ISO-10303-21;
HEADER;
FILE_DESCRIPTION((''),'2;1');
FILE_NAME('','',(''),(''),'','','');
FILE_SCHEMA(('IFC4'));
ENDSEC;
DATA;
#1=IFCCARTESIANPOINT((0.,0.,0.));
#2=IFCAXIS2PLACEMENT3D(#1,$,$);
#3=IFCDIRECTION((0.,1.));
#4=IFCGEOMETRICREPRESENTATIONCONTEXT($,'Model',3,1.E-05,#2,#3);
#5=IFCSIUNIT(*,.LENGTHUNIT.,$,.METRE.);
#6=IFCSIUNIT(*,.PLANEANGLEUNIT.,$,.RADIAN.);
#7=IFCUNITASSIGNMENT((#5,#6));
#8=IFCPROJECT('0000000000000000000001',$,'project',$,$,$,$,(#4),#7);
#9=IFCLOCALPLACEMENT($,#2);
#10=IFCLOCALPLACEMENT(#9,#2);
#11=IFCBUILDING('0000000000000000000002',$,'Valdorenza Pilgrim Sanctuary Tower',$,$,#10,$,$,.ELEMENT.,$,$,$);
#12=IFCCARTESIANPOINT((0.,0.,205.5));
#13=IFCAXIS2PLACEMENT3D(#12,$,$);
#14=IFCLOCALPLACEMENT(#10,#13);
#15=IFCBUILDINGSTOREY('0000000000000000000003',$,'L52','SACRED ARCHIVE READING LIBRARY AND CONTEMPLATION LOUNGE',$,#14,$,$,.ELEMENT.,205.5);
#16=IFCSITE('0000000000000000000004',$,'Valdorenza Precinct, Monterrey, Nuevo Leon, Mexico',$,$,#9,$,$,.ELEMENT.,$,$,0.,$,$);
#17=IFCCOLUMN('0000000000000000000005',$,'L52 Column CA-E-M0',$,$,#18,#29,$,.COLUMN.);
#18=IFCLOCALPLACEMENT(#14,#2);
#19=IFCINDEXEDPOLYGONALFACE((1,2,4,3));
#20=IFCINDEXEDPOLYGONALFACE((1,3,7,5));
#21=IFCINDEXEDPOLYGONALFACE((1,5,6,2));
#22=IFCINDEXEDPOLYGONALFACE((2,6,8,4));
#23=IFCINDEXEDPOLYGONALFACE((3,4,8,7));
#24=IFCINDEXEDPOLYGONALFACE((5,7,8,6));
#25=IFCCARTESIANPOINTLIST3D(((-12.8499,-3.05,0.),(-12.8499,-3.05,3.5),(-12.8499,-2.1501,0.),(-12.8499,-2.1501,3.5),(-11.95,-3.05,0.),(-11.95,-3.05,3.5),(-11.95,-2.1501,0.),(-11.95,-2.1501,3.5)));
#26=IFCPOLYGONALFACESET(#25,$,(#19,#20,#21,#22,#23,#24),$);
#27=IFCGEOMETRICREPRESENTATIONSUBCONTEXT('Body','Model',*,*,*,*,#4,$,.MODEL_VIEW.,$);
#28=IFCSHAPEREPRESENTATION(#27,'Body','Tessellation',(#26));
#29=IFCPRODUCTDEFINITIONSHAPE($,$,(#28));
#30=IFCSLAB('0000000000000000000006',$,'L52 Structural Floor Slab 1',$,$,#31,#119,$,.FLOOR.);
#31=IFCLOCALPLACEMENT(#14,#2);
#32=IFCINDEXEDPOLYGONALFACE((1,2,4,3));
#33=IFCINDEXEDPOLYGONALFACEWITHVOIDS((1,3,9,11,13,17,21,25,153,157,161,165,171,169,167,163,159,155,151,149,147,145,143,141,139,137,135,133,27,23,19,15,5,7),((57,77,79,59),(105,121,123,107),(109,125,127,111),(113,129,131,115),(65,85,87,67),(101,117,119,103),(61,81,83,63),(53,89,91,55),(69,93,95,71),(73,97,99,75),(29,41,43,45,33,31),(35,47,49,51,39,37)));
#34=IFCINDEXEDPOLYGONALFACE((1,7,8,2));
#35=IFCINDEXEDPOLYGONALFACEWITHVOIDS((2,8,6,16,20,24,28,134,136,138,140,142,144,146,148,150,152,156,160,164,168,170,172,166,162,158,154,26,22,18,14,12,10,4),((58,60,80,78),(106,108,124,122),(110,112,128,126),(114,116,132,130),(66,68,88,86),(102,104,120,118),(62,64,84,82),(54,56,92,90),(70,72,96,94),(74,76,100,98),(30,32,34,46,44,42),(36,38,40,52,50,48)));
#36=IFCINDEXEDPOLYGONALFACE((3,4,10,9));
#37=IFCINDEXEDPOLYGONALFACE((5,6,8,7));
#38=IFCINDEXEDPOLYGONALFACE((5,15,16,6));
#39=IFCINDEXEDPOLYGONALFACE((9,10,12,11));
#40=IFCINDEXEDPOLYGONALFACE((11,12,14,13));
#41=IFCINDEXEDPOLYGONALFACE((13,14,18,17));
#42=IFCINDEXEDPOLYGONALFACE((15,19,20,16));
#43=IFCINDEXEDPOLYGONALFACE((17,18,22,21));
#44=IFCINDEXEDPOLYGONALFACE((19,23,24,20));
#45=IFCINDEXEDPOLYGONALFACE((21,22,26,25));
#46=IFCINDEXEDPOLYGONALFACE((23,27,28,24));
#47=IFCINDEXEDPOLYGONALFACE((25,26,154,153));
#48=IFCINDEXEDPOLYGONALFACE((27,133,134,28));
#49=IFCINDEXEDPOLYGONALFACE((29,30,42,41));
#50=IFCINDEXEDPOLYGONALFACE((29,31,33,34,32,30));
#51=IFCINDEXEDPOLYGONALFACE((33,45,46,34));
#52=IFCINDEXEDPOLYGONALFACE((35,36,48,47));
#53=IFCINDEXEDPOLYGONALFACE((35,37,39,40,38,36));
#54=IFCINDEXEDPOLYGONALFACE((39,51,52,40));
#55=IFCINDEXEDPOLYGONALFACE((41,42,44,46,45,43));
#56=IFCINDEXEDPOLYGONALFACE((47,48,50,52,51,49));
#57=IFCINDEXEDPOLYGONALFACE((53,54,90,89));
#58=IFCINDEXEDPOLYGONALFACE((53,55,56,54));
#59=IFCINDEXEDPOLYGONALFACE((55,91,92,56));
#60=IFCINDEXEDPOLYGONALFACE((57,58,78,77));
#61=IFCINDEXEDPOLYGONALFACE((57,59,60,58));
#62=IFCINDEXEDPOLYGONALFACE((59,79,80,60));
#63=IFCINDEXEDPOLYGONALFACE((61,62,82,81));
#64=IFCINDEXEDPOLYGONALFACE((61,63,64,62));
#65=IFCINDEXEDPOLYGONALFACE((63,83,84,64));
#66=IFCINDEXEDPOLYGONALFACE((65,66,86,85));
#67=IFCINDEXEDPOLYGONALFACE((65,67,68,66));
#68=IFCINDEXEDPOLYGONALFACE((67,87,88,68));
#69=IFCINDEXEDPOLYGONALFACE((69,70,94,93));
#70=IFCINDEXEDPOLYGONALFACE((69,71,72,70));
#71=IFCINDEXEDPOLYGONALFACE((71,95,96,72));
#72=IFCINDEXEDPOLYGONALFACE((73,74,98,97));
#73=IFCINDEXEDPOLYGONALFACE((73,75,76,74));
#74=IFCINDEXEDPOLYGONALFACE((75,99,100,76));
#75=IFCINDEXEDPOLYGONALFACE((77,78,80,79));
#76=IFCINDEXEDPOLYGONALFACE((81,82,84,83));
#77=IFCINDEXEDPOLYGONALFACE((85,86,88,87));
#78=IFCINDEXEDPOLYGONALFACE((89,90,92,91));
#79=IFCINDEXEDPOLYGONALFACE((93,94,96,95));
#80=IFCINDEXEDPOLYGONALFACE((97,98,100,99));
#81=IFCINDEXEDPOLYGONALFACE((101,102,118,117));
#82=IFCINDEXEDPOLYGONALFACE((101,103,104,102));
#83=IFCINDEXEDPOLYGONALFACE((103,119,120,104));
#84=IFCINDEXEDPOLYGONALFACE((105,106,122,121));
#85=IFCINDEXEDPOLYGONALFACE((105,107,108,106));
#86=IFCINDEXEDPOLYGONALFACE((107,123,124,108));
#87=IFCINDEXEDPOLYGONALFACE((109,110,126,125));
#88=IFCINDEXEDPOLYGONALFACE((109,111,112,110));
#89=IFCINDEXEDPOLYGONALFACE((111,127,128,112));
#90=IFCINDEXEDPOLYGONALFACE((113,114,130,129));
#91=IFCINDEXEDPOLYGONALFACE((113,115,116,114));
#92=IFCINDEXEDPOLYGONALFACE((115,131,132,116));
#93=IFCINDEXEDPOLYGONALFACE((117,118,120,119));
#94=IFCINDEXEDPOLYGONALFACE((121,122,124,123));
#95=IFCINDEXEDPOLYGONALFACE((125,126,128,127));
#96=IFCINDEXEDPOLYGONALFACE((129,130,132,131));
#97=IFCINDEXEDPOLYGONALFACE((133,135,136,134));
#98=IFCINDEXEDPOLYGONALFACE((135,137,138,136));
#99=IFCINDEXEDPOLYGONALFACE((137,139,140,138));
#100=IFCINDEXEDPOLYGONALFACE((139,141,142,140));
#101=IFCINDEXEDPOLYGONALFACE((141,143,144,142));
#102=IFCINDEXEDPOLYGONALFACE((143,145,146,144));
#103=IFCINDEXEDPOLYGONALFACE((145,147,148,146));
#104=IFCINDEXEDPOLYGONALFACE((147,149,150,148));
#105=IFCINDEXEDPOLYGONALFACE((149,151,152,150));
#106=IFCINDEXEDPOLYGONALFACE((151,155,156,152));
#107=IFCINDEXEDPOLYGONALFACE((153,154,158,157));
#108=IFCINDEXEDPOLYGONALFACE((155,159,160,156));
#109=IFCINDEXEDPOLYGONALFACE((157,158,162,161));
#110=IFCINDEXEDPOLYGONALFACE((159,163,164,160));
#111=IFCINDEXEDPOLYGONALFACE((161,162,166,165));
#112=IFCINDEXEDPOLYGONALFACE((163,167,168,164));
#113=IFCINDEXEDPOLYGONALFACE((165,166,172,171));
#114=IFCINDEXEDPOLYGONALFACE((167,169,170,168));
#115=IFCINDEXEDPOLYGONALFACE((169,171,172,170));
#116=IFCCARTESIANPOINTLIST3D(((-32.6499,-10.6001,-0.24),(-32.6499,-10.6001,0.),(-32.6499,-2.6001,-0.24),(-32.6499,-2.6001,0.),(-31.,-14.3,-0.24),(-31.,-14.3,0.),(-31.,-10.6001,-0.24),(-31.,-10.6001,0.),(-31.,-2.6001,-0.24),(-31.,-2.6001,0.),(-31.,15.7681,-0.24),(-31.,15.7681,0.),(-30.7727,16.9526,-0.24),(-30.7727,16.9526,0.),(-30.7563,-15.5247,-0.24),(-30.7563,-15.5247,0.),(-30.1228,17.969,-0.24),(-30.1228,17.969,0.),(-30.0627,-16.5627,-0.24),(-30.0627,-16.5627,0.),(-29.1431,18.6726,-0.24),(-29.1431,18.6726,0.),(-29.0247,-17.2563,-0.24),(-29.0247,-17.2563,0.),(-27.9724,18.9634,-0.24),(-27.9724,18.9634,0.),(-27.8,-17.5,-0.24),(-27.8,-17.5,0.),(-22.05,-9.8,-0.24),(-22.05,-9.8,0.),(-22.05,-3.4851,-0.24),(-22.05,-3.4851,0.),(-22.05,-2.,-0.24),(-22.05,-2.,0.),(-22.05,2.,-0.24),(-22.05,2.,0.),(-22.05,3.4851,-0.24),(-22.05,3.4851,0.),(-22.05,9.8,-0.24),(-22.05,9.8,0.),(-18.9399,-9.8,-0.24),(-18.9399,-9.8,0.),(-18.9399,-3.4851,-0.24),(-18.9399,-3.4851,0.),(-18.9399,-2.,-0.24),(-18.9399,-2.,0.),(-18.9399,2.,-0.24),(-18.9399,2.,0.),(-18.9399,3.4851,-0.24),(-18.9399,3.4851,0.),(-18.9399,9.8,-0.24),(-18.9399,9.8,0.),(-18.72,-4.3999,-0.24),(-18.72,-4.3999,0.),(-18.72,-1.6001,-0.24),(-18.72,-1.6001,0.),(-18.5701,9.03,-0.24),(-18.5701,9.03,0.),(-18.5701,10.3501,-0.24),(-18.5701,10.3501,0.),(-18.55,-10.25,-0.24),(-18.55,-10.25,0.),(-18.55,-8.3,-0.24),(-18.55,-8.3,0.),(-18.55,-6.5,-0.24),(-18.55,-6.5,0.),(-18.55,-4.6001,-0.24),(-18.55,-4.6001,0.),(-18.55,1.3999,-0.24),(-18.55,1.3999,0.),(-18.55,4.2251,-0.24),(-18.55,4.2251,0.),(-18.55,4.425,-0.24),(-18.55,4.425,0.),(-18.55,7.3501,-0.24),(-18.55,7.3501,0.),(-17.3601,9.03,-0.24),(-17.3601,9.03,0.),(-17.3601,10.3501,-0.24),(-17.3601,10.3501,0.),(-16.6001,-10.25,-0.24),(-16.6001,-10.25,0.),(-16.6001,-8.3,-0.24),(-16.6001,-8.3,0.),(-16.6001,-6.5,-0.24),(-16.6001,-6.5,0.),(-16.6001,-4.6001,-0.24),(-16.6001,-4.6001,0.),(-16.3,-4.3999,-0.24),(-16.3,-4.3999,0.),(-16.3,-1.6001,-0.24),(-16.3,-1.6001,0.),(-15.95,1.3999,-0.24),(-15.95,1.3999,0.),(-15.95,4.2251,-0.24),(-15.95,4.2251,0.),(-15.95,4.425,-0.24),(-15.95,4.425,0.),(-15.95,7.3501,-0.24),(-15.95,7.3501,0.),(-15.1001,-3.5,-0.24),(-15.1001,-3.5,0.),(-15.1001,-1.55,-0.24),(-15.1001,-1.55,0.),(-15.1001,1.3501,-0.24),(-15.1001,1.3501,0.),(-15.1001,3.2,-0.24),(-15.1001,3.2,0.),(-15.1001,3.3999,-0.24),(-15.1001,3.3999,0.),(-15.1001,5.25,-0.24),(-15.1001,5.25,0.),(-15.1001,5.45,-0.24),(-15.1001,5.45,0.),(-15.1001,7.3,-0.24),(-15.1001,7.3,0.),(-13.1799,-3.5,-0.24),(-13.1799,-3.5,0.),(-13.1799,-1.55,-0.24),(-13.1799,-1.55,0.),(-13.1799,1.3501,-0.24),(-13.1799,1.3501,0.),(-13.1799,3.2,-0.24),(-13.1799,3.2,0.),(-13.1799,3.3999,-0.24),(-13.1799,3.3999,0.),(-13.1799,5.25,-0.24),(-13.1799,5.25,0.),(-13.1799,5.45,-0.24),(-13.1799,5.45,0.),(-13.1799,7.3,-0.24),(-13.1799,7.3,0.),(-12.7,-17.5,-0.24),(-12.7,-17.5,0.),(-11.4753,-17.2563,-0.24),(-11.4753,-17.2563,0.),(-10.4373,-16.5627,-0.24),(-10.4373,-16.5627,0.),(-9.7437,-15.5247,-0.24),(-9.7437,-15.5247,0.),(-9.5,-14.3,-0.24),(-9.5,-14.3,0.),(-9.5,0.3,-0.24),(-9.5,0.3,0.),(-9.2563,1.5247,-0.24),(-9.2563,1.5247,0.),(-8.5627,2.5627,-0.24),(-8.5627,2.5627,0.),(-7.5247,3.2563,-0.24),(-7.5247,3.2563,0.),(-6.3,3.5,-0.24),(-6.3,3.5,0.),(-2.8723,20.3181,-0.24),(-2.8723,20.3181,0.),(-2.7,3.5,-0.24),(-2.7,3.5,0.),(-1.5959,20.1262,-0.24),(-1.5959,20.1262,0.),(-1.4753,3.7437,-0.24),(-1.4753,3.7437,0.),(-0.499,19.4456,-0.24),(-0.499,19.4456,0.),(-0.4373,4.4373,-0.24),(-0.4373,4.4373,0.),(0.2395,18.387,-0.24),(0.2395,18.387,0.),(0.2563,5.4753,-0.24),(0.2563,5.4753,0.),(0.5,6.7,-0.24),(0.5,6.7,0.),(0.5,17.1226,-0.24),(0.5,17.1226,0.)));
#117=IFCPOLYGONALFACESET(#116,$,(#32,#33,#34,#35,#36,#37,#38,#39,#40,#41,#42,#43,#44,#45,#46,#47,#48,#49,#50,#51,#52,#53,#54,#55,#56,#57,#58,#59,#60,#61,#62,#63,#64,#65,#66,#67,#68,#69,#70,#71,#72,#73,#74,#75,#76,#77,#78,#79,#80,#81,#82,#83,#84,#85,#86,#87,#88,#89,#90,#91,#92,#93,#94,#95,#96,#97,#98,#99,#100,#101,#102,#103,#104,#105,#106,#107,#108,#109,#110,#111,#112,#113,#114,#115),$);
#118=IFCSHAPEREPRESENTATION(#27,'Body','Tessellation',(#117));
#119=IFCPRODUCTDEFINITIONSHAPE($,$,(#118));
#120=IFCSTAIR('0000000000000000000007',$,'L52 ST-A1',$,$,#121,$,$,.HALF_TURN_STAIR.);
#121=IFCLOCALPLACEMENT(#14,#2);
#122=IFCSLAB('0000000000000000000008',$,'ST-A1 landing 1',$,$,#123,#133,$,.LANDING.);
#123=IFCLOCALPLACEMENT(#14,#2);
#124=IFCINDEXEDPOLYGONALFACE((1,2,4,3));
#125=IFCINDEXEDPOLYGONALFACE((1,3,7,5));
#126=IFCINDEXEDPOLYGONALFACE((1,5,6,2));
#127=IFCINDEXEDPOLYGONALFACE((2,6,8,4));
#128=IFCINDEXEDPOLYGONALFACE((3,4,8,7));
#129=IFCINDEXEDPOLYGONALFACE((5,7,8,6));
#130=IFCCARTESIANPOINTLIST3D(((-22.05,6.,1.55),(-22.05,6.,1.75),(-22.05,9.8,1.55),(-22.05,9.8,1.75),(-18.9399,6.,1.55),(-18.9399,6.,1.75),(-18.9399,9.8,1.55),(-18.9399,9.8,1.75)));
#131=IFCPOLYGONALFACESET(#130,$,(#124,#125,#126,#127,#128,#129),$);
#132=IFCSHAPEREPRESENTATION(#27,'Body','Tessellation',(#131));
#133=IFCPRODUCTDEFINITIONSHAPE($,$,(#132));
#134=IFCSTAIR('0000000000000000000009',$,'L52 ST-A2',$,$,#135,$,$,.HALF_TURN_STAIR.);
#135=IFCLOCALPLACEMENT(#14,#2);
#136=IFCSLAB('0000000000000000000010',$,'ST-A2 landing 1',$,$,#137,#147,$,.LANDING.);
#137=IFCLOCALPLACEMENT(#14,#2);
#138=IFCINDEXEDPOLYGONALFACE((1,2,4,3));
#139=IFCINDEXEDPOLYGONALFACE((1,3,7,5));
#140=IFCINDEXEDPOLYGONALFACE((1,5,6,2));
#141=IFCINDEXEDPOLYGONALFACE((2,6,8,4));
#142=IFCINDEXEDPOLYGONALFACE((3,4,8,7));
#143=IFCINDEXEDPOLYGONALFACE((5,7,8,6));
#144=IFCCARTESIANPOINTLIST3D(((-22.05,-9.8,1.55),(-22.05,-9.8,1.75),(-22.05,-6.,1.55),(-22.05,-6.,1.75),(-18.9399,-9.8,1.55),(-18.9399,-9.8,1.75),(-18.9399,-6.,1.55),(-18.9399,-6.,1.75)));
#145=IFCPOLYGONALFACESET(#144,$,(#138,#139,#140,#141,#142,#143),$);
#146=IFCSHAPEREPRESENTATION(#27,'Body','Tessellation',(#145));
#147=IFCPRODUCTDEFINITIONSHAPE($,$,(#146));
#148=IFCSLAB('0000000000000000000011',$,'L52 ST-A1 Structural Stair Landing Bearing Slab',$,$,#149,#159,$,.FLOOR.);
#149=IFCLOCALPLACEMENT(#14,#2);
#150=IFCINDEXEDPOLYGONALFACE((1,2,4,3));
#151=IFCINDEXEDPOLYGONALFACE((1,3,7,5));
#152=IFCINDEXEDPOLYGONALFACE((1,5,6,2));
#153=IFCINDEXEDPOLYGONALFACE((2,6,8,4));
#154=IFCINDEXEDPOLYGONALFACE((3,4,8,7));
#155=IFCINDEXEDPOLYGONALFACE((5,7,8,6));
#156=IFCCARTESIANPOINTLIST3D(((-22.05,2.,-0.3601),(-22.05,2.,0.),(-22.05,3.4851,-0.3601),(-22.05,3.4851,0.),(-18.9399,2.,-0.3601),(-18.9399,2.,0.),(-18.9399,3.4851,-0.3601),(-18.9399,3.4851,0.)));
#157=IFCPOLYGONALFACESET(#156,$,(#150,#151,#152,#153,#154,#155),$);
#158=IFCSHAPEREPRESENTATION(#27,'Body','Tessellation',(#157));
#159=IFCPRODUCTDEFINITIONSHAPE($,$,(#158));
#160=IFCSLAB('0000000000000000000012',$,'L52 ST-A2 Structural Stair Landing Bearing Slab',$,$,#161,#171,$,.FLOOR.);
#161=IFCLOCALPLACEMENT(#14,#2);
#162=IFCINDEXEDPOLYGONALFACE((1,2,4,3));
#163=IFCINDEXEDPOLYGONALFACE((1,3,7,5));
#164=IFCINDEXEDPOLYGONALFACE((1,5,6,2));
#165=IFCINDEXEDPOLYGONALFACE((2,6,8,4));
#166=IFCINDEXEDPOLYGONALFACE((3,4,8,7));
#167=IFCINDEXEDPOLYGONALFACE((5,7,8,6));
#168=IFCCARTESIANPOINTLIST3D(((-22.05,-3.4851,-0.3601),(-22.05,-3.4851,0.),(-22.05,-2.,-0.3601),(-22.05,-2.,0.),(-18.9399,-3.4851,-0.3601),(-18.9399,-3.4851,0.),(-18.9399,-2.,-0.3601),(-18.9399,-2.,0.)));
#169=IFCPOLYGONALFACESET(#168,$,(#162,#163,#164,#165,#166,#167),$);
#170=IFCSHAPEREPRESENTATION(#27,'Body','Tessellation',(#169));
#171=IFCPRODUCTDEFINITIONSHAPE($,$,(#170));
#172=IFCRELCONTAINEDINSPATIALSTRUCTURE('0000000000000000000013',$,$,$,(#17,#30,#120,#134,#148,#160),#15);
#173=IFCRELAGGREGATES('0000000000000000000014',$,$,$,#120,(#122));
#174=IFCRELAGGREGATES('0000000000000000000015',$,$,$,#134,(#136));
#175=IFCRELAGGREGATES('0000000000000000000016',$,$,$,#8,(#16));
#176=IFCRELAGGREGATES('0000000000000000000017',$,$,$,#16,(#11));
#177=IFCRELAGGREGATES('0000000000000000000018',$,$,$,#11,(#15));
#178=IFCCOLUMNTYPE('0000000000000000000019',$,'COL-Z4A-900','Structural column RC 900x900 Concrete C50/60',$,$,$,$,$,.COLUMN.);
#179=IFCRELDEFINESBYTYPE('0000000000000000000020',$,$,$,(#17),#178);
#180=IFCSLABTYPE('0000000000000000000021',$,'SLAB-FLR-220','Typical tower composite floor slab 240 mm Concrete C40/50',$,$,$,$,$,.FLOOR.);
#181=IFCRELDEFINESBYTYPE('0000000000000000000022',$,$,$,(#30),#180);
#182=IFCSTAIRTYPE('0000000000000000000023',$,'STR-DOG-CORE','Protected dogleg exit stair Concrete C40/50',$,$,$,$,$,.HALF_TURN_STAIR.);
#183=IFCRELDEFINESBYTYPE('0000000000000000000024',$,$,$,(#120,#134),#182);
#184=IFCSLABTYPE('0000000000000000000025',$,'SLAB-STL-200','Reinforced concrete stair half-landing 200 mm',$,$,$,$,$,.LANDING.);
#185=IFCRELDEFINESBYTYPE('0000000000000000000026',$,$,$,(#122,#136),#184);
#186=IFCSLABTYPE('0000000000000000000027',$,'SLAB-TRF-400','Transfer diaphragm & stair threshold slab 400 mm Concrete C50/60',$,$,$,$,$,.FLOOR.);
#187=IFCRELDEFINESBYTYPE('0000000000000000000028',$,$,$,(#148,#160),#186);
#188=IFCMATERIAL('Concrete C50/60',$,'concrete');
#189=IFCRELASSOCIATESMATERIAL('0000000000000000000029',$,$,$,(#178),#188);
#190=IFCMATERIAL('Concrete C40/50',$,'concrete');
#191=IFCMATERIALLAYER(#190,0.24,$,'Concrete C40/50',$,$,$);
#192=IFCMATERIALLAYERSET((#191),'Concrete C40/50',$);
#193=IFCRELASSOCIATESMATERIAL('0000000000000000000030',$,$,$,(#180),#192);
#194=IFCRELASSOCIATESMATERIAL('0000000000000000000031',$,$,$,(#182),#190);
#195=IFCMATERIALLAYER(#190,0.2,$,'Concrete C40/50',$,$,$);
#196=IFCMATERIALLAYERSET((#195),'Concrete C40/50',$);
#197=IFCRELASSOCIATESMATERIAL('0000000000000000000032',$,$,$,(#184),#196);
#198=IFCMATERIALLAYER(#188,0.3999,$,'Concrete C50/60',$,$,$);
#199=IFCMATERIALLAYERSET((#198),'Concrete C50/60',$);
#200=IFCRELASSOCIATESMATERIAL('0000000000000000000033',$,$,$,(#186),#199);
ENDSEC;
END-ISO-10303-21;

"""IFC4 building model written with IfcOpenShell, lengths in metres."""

from ifc_helpers import new_model, si_unit, direction, frame, origin, origin_2d, place, context, subcontext, project, spatial, polyline, rectangle, outline, extrude, source, transform, mapped, material, layer, layer_set, material_profile, profile_set, type_object, element, aggregate, save


model = new_model("IFC4")

# Units and contexts
model_context = context("Model", 3, precision=1e-05, world=origin(), true_north=direction((0.0, 1.0)))
body_context = subcontext(model_context, "Body", "Model", "MODEL_VIEW")
ifc_project = project(units=[si_unit("LENGTHUNIT", "METRE"), si_unit("PLANEANGLEUNIT", "RADIAN")], contexts=[model_context])

# Site, building, storey
site_placement = place(None, origin())
site = spatial("IfcSite", under=ifc_project, at=site_placement, Name="Valdorenza Precinct, Monterrey, Nuevo Leon, Mexico", CompositionType="ELEMENT", RefElevation=0.0)
building_placement = place(site_placement, origin())
building = spatial("IfcBuilding", under=site, at=building_placement, Name="Valdorenza Pilgrim Sanctuary Tower", CompositionType="ELEMENT")
storey_placement = place(building_placement, frame((0.0, 0.0, 205.5)))
storey = spatial("IfcBuildingStorey", under=building, at=storey_placement, Name="L52", Description="SACRED ARCHIVE READING LIBRARY AND CONTEMPLATION LOUNGE", CompositionType="ELEMENT", Elevation=205.5)

# Column
ifc_material_1 = material(Name="Concrete C50/60", Category="concrete")
ifc_material_profile = material_profile(ifc_material_1, rectangle(XDim=0.8999, YDim=0.8999, at=origin_2d()), Name="RC 900x900")
ifc_profile_set = profile_set([ifc_material_profile], Name="Concrete C50/60")
column_type = type_object("IfcColumnType", Name="COL-Z4A-900", Description="Structural column RC 900x900 Concrete C50/60", PredefinedType="COLUMN", material=ifc_profile_set)
shared_shape = source(origin(), body_context, "Body", "SweptSolid", [
    extrude(rectangle(XDim=0.8999, YDim=0.8999, at=origin_2d()), origin(), (0.0, 0.0, 1.0), 3.5),
])
column_placement = place(storey_placement, frame((-12.3999, -2.6001, 0.0), z_axis=(0.0, 0.0, 1.0), x_axis=(1.0, 0.0, 0.0)))
element("IfcColumn", 1, at=column_placement, inside=storey, type_object=column_type, Name="L52 Column CA-E-M0", PredefinedType="COLUMN", context=body_context, shape_type="MappedRepresentation", body=[
    mapped(shared_shape, transform((0.0, 0.0, 0.0), x_axis=(1.0, 0.0, 0.0), y_axis=(0.0, 1.0, 0.0), z_axis=(0.0, 0.0, 1.0), scale=1.0)),
])

# Slab
ifc_material_2 = material(Name="Concrete C40/50", Category="concrete")
ifc_layer_1 = layer(ifc_material_2, 0.24, Name="Concrete C40/50")
ifc_layer_set_1 = layer_set([ifc_layer_1], Name="Concrete C40/50")
slab_type_1 = type_object("IfcSlabType", Name="SLAB-FLR-220", Description="Typical tower composite floor slab 240 mm Concrete C40/50", PredefinedType="FLOOR", material=ifc_layer_set_1)
slab_1_placement = place(storey_placement, frame((0.0, 0.0, -0.24)))
element("IfcSlab", 2, at=slab_1_placement, inside=storey, type_object=slab_type_1, Name="L52 Structural Floor Slab 1", PredefinedType="FLOOR", context=body_context, shape_type="SweptSolid", body=[
    extrude(outline(polyline([(-32.6499, -2.6001), (-31.0, -2.6001), (-31.0, 15.7681), (-30.7727, 16.9526), (-30.1228, 17.969), (-29.1431, 18.6726), (-27.9724, 18.9634), (-2.8723, 20.3181), (-1.5959, 20.1262), (-0.499, 19.4456), (0.2395, 18.387), (0.5, 17.1226), (0.5, 6.7), (0.2563, 5.4753), (-0.4373, 4.4373), (-1.4753, 3.7437), (-2.7, 3.5), (-6.3, 3.5), (-7.5247, 3.2563), (-8.5627, 2.5627), (-9.2563, 1.5247), (-9.5, 0.3), (-9.5, -14.3), (-9.7437, -15.5247), (-10.4373, -16.5627), (-11.4753, -17.2563), (-12.7, -17.5), (-27.8, -17.5), (-29.0247, -17.2563), (-30.0627, -16.5627), (-30.7563, -15.5247), (-31.0, -14.3), (-31.0, -10.6001), (-32.6499, -10.6001), (-32.6499, -2.6001)]), holes=[polyline([(-16.6001, -8.3), (-18.55, -8.3), (-18.55, -10.25), (-16.6001, -10.25), (-16.6001, -8.3)]), polyline([(-18.9399, -9.8), (-18.9399, -3.4851), (-18.9399, -2.0), (-22.05, -2.0), (-22.05, -3.4851), (-22.05, -9.8), (-18.9399, -9.8)]), polyline([(-16.6001, -6.5), (-16.6001, -4.6001), (-18.55, -4.6001), (-18.55, -6.5), (-16.6001, -6.5)]), polyline([(-22.05, 2.0), (-18.9399, 2.0), (-18.9399, 3.4851), (-18.9399, 9.8), (-22.05, 9.8), (-22.05, 3.4851), (-22.05, 2.0)]), polyline([(-17.3601, 9.03), (-17.3601, 10.3501), (-18.5701, 10.3501), (-18.5701, 9.03), (-17.3601, 9.03)]), polyline([(-16.3, -1.6001), (-18.72, -1.6001), (-18.72, -4.3999), (-16.3, -4.3999), (-16.3, -1.6001)]), polyline([(-13.1799, -3.5), (-13.1799, -1.55), (-15.1001, -1.55), (-15.1001, -3.5), (-13.1799, -3.5)]), polyline([(-13.1799, 1.3501), (-13.1799, 3.2), (-15.1001, 3.2), (-15.1001, 1.3501), (-13.1799, 1.3501)]), polyline([(-15.95, 1.3999), (-15.95, 4.2251), (-18.55, 4.2251), (-18.55, 1.3999), (-15.95, 1.3999)]), polyline([(-13.1799, 3.3999), (-13.1799, 5.25), (-15.1001, 5.25), (-15.1001, 3.3999), (-13.1799, 3.3999)]), polyline([(-15.95, 4.425), (-15.95, 7.3501), (-18.55, 7.3501), (-18.55, 4.425), (-15.95, 4.425)]), polyline([(-13.1799, 5.45), (-13.1799, 7.3), (-15.1001, 7.3), (-15.1001, 5.45), (-13.1799, 5.45)])]), origin(), (0.0, 0.0, 1.0), 0.24),
])

# Stairs, slabs
stair_type = type_object("IfcStairType", Name="STR-DOG-CORE", Description="Protected dogleg exit stair Concrete C40/50", PredefinedType="HALF_TURN_STAIR", material=ifc_material_2)
stair_1_placement = place(storey_placement, origin())
stair_1 = element("IfcStair", 3, at=stair_1_placement, inside=storey, type_object=stair_type, Name="L52 ST-A1", PredefinedType="HALF_TURN_STAIR")
ifc_layer_2 = layer(ifc_material_2, 0.2, Name="Concrete C40/50")
ifc_layer_set_2 = layer_set([ifc_layer_2], Name="Concrete C40/50")
slab_type_2 = type_object("IfcSlabType", Name="SLAB-STL-200", Description="Reinforced concrete stair half-landing 200 mm", PredefinedType="LANDING", material=ifc_layer_set_2)
slab_2_placement = place(storey_placement, frame((0.0, 0.0, 1.55)))
slab_2 = element("IfcSlab", 4, at=slab_2_placement, type_object=slab_type_2, Name="ST-A1 landing 1", PredefinedType="LANDING", context=body_context, shape_type="SweptSolid", body=[
    extrude(outline(polyline([(-18.9399, 6.0), (-18.9399, 9.8), (-22.05, 9.8), (-22.05, 6.0), (-18.9399, 6.0)])), origin(), (0.0, 0.0, 1.0), 0.2),
])
aggregate(stair_1, [slab_2])
stair_2_placement = place(storey_placement, origin())
stair_2 = element("IfcStair", 5, at=stair_2_placement, inside=storey, type_object=stair_type, Name="L52 ST-A2", PredefinedType="HALF_TURN_STAIR")
slab_3_placement = place(storey_placement, frame((0.0, 0.0, 1.55)))
slab_3 = element("IfcSlab", 6, at=slab_3_placement, type_object=slab_type_2, Name="ST-A2 landing 1", PredefinedType="LANDING", context=body_context, shape_type="SweptSolid", body=[
    extrude(outline(polyline([(-22.05, -6.0), (-22.05, -9.8), (-18.9399, -9.8), (-18.9399, -6.0), (-22.05, -6.0)])), origin(), (0.0, 0.0, 1.0), 0.2),
])
aggregate(stair_2, [slab_3])

# Slabs
ifc_layer_3 = layer(ifc_material_1, 0.3999, Name="Concrete C50/60")
ifc_layer_set_3 = layer_set([ifc_layer_3], Name="Concrete C50/60")
slab_type_3 = type_object("IfcSlabType", Name="SLAB-TRF-400", Description="Transfer diaphragm & stair threshold slab 400 mm Concrete C50/60", PredefinedType="FLOOR", material=ifc_layer_set_3)
slab_4_placement = place(storey_placement, frame((0.0, 0.0, -0.3601)))
element("IfcSlab", 7, at=slab_4_placement, inside=storey, type_object=slab_type_3, Name="L52 ST-A1 Structural Stair Landing Bearing Slab", PredefinedType="FLOOR", context=body_context, shape_type="SweptSolid", body=[
    extrude(outline(polyline([(-22.05, 2.0), (-18.9399, 2.0), (-18.9399, 3.4851), (-22.05, 3.4851), (-22.05, 2.0)])), origin(), (0.0, 0.0, 1.0), 0.3601),
])
slab_5_placement = place(storey_placement, frame((0.0, 0.0, -0.3601)))
element("IfcSlab", 8, at=slab_5_placement, inside=storey, type_object=slab_type_3, Name="L52 ST-A2 Structural Stair Landing Bearing Slab", PredefinedType="FLOOR", context=body_context, shape_type="SweptSolid", body=[
    extrude(outline(polyline([(-22.05, -3.4851), (-18.9399, -3.4851), (-18.9399, -2.0), (-22.05, -2.0), (-22.05, -3.4851)])), origin(), (0.0, 0.0, 1.0), 0.3601),
])

save(model, "model.ifc")
